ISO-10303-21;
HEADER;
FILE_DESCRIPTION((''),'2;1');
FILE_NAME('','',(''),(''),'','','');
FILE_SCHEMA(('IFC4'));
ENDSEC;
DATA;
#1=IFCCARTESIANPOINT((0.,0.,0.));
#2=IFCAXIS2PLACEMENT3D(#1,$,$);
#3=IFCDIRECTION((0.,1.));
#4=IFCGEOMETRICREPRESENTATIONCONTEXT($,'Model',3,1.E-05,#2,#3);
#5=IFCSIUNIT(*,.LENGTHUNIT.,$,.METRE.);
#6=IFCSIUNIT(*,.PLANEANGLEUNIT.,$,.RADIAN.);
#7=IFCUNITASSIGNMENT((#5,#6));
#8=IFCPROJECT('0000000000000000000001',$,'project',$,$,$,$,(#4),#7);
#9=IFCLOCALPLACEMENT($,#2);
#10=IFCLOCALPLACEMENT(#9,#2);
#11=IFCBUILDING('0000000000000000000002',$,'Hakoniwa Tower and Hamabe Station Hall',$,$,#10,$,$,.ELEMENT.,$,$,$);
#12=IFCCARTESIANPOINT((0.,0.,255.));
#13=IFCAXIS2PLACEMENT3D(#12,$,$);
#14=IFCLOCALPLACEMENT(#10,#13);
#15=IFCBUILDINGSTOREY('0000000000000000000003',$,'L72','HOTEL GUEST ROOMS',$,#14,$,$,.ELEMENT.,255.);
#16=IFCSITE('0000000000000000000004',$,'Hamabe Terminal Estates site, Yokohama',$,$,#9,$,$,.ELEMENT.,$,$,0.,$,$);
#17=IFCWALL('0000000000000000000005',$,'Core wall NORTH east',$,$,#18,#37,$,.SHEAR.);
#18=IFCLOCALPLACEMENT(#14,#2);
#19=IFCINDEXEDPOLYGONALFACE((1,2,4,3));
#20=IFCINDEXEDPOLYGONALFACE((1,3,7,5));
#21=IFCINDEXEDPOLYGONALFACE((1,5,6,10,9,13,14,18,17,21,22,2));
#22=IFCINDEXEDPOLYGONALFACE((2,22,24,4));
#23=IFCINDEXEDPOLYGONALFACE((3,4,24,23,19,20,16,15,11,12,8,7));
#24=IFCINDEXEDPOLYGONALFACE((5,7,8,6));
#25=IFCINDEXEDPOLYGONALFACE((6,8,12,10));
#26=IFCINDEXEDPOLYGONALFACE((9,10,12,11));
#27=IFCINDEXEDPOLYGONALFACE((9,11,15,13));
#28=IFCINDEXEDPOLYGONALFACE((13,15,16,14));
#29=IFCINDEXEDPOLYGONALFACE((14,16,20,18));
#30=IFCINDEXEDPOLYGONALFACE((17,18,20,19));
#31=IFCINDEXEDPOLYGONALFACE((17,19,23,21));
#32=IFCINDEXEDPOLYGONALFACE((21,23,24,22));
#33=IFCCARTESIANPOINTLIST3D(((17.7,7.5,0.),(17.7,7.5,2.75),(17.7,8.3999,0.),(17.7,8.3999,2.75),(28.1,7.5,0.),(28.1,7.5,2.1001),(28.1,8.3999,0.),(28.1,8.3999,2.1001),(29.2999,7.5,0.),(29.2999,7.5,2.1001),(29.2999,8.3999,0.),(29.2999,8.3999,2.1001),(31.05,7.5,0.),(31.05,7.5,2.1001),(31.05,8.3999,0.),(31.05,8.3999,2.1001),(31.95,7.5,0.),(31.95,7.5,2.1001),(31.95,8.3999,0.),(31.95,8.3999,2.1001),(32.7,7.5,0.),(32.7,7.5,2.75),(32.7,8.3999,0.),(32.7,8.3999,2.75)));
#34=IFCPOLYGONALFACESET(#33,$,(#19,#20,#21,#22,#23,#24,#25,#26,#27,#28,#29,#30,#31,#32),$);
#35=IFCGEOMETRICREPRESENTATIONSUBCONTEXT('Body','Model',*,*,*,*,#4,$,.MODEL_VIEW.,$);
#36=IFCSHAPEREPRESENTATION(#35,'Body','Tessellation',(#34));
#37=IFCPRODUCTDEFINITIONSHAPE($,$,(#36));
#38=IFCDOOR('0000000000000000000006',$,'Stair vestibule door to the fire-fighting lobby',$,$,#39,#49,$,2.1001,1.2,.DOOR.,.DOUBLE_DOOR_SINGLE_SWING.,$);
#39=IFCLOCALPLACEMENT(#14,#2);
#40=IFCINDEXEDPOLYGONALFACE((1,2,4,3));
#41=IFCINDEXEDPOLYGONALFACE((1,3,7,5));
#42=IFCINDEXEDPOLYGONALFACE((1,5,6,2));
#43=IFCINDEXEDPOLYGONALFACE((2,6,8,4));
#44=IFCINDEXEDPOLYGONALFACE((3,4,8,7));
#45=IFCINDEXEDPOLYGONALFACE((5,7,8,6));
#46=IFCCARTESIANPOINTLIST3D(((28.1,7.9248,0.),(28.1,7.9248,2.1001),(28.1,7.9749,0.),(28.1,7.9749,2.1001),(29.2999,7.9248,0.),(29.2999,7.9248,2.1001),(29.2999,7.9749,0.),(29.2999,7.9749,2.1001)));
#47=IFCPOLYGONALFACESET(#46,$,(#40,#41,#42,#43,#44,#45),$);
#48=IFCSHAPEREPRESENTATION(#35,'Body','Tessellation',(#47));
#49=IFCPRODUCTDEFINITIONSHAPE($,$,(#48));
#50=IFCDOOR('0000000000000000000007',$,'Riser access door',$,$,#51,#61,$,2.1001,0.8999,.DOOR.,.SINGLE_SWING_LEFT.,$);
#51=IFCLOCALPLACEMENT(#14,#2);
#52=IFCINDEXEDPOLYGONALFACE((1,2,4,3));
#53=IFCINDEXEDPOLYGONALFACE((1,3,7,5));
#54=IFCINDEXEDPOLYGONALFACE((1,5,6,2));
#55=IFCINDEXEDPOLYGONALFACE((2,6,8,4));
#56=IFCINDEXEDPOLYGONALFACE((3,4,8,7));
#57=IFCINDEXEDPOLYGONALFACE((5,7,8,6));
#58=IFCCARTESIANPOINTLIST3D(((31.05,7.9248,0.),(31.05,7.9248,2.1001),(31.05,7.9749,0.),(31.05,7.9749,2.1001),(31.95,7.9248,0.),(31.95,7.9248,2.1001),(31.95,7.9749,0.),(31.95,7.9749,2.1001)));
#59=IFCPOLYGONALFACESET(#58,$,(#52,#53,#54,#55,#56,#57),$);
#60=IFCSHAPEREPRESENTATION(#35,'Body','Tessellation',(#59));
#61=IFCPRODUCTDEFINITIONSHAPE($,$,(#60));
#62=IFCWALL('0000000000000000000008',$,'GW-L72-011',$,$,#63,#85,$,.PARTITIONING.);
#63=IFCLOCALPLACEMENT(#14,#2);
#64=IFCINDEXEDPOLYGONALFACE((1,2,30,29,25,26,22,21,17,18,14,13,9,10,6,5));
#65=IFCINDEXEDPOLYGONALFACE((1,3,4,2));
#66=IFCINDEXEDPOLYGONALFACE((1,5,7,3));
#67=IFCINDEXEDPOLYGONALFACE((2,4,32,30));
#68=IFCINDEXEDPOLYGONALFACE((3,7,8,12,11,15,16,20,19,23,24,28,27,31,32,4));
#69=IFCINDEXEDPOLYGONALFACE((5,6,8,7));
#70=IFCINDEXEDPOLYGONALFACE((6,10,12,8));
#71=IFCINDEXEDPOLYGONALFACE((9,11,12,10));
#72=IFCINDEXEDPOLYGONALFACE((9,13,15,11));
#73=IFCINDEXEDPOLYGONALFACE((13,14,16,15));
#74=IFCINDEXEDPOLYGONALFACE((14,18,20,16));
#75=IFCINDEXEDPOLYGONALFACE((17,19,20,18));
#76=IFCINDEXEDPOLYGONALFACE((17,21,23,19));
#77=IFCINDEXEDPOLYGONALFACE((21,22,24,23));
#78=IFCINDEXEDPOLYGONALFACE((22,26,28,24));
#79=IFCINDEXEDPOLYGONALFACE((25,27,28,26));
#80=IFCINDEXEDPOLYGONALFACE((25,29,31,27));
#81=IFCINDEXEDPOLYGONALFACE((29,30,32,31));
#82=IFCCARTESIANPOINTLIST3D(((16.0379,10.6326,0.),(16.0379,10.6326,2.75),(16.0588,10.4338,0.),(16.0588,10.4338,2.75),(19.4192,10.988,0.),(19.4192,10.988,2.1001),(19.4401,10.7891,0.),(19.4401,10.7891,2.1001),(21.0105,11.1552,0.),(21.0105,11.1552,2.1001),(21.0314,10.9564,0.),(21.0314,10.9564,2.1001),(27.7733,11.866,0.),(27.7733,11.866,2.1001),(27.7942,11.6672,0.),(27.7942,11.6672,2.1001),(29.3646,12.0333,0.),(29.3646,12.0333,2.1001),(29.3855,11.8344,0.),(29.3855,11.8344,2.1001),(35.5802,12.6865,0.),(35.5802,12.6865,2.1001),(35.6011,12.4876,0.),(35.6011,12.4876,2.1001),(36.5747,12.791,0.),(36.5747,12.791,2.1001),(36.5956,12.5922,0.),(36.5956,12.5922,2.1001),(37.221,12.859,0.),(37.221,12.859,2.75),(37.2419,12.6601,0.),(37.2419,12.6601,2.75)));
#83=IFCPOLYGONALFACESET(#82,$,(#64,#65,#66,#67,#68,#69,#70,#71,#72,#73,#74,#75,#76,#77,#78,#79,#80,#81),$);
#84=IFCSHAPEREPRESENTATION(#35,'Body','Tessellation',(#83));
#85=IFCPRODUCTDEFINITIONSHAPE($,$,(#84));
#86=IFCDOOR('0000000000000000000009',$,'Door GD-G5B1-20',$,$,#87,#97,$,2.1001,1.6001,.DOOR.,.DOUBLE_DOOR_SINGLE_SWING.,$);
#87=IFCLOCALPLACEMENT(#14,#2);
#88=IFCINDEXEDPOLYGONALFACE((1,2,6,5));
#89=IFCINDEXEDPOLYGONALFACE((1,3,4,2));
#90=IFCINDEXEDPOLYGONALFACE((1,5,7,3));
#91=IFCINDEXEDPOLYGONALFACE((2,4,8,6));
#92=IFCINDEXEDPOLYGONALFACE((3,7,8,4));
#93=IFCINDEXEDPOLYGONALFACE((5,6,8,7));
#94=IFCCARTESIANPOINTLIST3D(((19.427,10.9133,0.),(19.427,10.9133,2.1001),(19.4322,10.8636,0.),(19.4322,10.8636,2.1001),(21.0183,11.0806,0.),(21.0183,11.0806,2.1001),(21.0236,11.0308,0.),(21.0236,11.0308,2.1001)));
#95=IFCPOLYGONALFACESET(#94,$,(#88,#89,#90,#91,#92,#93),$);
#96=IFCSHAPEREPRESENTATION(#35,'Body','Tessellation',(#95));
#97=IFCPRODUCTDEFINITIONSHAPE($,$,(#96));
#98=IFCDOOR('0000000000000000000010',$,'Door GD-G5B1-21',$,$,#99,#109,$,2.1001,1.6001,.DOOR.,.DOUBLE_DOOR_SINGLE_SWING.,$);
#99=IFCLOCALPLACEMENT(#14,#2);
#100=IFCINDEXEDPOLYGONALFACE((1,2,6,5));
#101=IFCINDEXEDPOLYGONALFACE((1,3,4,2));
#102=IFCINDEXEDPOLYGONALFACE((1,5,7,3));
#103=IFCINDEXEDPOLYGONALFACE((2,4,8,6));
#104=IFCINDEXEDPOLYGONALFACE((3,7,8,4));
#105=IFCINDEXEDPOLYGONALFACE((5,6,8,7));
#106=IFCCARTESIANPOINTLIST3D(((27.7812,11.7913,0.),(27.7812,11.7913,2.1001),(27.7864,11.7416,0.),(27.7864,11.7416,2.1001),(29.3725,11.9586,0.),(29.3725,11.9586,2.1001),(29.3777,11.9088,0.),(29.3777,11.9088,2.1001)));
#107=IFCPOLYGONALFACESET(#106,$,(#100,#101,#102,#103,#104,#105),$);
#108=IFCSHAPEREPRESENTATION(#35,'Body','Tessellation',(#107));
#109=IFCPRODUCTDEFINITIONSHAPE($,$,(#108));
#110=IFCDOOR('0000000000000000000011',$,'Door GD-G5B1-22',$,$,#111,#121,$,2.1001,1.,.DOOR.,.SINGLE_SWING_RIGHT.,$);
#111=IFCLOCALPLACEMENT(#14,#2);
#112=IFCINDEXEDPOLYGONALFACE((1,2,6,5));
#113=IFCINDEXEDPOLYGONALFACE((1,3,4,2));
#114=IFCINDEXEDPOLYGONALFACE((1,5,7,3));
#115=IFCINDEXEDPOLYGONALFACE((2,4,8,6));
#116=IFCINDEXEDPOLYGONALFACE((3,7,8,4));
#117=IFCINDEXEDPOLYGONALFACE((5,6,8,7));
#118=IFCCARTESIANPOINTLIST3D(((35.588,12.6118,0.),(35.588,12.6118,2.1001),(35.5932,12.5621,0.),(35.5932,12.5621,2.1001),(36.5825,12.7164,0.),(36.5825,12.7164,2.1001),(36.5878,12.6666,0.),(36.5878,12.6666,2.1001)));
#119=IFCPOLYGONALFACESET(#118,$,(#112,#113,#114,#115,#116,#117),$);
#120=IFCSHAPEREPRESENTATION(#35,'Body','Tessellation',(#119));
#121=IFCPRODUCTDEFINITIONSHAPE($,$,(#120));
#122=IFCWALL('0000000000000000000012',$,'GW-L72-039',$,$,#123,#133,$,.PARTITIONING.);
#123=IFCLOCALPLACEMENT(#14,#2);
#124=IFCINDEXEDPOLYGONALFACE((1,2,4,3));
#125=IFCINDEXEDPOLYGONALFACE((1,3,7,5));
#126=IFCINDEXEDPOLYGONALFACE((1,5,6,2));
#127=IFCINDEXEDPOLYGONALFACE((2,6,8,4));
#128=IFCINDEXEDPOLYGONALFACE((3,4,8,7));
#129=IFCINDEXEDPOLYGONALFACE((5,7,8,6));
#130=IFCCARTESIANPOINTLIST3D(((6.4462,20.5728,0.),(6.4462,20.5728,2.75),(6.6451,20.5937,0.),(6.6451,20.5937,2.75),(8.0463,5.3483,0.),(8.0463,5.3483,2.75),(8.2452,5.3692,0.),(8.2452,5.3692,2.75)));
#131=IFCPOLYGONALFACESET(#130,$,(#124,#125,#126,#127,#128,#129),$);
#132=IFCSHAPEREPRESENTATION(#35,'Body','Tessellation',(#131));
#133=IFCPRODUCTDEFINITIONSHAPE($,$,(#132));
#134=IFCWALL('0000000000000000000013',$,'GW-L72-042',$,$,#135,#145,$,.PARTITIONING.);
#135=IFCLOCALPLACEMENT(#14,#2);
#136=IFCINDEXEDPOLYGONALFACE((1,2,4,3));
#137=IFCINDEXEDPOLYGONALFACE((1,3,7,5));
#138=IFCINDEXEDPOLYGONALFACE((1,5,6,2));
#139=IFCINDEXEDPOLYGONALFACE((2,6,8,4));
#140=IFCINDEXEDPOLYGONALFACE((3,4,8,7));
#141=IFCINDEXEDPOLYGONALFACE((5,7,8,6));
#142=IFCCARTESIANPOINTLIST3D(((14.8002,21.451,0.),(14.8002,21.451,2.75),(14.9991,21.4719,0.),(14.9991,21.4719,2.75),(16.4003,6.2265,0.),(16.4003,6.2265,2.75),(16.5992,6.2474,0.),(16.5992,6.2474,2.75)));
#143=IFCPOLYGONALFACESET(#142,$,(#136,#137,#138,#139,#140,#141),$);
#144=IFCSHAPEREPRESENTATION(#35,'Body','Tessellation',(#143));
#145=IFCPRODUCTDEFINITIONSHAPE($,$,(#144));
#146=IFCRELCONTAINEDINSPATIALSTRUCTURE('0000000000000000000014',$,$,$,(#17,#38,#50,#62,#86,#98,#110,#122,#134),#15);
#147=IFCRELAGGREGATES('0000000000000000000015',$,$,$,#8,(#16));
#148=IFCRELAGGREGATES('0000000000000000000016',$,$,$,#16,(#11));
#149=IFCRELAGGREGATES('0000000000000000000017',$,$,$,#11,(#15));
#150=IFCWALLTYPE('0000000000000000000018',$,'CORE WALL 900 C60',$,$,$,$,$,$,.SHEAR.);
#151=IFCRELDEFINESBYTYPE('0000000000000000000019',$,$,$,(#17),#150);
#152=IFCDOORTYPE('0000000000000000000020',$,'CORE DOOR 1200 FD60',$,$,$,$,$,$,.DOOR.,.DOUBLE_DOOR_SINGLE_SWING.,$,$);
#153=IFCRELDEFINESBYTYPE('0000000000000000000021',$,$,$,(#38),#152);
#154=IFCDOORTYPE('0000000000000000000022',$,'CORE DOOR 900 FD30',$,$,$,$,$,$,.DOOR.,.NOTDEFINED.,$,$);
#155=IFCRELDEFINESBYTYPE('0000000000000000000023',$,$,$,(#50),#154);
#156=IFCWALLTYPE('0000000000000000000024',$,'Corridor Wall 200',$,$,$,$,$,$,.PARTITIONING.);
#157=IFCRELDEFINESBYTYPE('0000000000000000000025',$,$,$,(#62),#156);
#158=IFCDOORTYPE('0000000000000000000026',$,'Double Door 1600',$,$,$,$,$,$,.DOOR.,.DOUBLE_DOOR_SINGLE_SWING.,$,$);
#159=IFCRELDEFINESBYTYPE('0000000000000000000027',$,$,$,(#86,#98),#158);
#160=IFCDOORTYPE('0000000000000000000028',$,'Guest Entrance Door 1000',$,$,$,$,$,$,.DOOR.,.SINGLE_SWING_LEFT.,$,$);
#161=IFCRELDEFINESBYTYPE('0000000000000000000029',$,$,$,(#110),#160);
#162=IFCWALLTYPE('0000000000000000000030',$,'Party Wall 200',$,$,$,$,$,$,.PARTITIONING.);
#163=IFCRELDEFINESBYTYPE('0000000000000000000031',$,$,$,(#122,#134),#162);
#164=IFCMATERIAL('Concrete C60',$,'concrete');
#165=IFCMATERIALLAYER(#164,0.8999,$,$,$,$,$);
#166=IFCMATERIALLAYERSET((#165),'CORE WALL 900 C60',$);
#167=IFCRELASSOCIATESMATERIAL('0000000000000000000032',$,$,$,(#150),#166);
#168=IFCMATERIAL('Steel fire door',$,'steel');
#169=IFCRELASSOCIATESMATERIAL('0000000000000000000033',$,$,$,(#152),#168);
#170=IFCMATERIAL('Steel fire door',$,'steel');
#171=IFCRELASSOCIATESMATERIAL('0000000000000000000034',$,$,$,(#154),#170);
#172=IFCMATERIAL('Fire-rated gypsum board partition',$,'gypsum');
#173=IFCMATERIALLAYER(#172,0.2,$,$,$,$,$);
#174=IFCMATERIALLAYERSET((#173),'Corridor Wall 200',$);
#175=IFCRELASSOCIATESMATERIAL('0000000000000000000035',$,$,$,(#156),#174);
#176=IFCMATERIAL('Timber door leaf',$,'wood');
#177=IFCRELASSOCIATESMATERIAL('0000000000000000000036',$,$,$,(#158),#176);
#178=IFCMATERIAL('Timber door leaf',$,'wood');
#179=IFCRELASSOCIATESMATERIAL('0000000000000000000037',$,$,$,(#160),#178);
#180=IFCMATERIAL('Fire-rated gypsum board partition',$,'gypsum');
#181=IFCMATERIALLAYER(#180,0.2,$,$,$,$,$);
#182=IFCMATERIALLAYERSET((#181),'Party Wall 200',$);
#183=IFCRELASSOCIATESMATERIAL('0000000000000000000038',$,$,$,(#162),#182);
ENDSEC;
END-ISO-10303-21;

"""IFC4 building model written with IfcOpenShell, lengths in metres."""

from ifc_helpers import new_model, si_unit, direction, frame, frame_2d, origin, place, context, subcontext, project, spatial, rectangle, extrude, material, layer, layer_set, type_object, element, fill, save


model = new_model("IFC4")

# Units and contexts
model_context = context("Model", 3, precision=1e-05, world=origin(), true_north=direction((0.0, 1.0)))
body_context = subcontext(model_context, "Body", "Model", "MODEL_VIEW")
ifc_project = project(units=[si_unit("LENGTHUNIT", "METRE"), si_unit("PLANEANGLEUNIT", "RADIAN")], contexts=[model_context])

# Site, building, storey
site_placement = place(None, origin())
site = spatial("IfcSite", under=ifc_project, at=site_placement, Name="Hamabe Terminal Estates site, Yokohama", CompositionType="ELEMENT", RefElevation=0.0)
building_placement = place(site_placement, origin())
building = spatial("IfcBuilding", under=site, at=building_placement, Name="Hakoniwa Tower and Hamabe Station Hall", CompositionType="ELEMENT")
storey_placement = place(building_placement, frame((0.0, 0.0, 255.0)))
storey = spatial("IfcBuildingStorey", under=building, at=storey_placement, Name="L72", Description="HOTEL GUEST ROOMS", CompositionType="ELEMENT", Elevation=255.0)

# Walls, openings, doors
ifc_material_1 = material(Name="Concrete C60", Category="concrete")
ifc_layer_1 = layer(ifc_material_1, 0.8999)
ifc_layer_set_1 = layer_set([ifc_layer_1], Name="CORE WALL 900 C60")
wall_type_1 = type_object("IfcWallType", Name="CORE WALL 900 C60", PredefinedType="SHEAR", material=ifc_layer_set_1)
wall_1_placement = place(storey_placement, frame((17.7, 7.95, 0.0), z_axis=(0.0, 0.0, 1.0), x_axis=(1.0, 0.0, 0.0)))
wall_1 = element("IfcWall", 1, at=wall_1_placement, inside=storey, type_object=wall_type_1, Name="Core wall NORTH east", PredefinedType="SHEAR", context=body_context, shape_type="SweptSolid", body=[
    extrude(rectangle(XDim=15.0, YDim=0.8999, at=frame_2d((7.5, 0.0))), origin(), (0.0, 0.0, 1.0), 2.75),
])
opening_1_placement = place(wall_1_placement, frame((10.3999, 0.0, 0.0)))
opening_1 = element("IfcOpeningElement", 2, at=opening_1_placement, cuts=wall_1, PredefinedType="OPENING", context=body_context, shape_type="SweptSolid", body=[
    extrude(rectangle(XDim=1.2, YDim=2.1001, at=frame_2d((0.6001, 1.05))), frame((0.0, 0.46, 0.0), z_axis=(0.0, -1.0, 0.0), x_axis=(1.0, 0.0, 0.0)), (0.0, 0.0, 1.0), 0.9199),
])
opening_2_placement = place(wall_1_placement, frame((13.3501, 0.0, 0.0)))
opening_2 = element("IfcOpeningElement", 3, at=opening_2_placement, cuts=wall_1, PredefinedType="OPENING", context=body_context, shape_type="SweptSolid", body=[
    extrude(rectangle(XDim=0.8999, YDim=2.1001, at=frame_2d((0.45, 1.05))), frame((0.0, 0.46, 0.0), z_axis=(0.0, -1.0, 0.0), x_axis=(1.0, 0.0, 0.0)), (0.0, 0.0, 1.0), 0.9199),
])
ifc_material_2 = material(Name="Steel fire door", Category="steel")
door_type_1 = type_object("IfcDoorType", Name="CORE DOOR 1200 FD60", OperationType="DOUBLE_DOOR_SINGLE_SWING", PredefinedType="DOOR", material=ifc_material_2)
door_1_placement = place(opening_1_placement, origin())
door_1 = element("IfcDoor", 4, at=door_1_placement, inside=storey, type_object=door_type_1, Name="Stair vestibule door to the fire-fighting lobby", OperationType="DOUBLE_DOOR_SINGLE_SWING", OverallHeight=2.1001, OverallWidth=1.2, PredefinedType="DOOR", context=body_context, shape_type="SweptSolid", body=[
    extrude(rectangle(XDim=1.2, YDim=2.1001, at=frame_2d((0.6001, 1.05))), frame((0.0, 0.0249, 0.0), z_axis=(0.0, -1.0, 0.0), x_axis=(1.0, 0.0, 0.0)), (0.0, 0.0, 1.0), 0.05),
])
fill(opening_1, door_1)
ifc_material_3 = material(Name="Steel fire door", Category="steel")
door_type_2 = type_object("IfcDoorType", Name="CORE DOOR 900 FD30", OperationType="NOTDEFINED", PredefinedType="DOOR", material=ifc_material_3)
door_2_placement = place(opening_2_placement, origin())
door_2 = element("IfcDoor", 5, at=door_2_placement, inside=storey, type_object=door_type_2, Name="Riser access door", OperationType="SINGLE_SWING_LEFT", OverallHeight=2.1001, OverallWidth=0.8999, PredefinedType="DOOR", context=body_context, shape_type="SweptSolid", body=[
    extrude(rectangle(XDim=0.8999, YDim=2.1001, at=frame_2d((0.45, 1.05))), frame((0.0, 0.0249, 0.0), z_axis=(0.0, -1.0, 0.0), x_axis=(1.0, 0.0, 0.0)), (0.0, 0.0, 1.0), 0.05),
])
fill(opening_2, door_2)
ifc_material_4 = material(Name="Fire-rated gypsum board partition", Category="gypsum")
ifc_layer_2 = layer(ifc_material_4, 0.2)
ifc_layer_set_2 = layer_set([ifc_layer_2], Name="Corridor Wall 200")
wall_type_2 = type_object("IfcWallType", Name="Corridor Wall 200", PredefinedType="PARTITIONING", material=ifc_layer_set_2)
wall_2_placement = place(storey_placement, frame((16.0483, 10.5332, 0.0), z_axis=(0.0, 0.0, 1.0), x_axis=(0.994522, 0.104523, 0.0)))
wall_2 = element("IfcWall", 6, at=wall_2_placement, inside=storey, type_object=wall_type_2, Name="GW-L72-011", PredefinedType="PARTITIONING", context=body_context, shape_type="SweptSolid", body=[
    extrude(rectangle(XDim=21.2998, YDim=0.2, at=frame_2d((10.6499, 0.0))), origin(), (0.0, 0.0, 1.0), 2.75),
])
opening_3_placement = place(wall_2_placement, frame((3.3999, 0.0, 0.0)))
opening_3 = element("IfcOpeningElement", 7, at=opening_3_placement, cuts=wall_2, PredefinedType="OPENING", context=body_context, shape_type="SweptSolid", body=[
    extrude(rectangle(XDim=1.6001, YDim=2.1001, at=frame_2d((0.8, 1.05))), frame((0.0, 0.1099, 0.0), z_axis=(0.0, -1.0, 0.0), x_axis=(1.0, 0.0, 0.0)), (0.0, 0.0, 1.0), 0.22),
])
opening_4_placement = place(wall_2_placement, frame((11.8, 0.0, 0.0)))
opening_4 = element("IfcOpeningElement", 8, at=opening_4_placement, cuts=wall_2, PredefinedType="OPENING", context=body_context, shape_type="SweptSolid", body=[
    extrude(rectangle(XDim=1.6001, YDim=2.1001, at=frame_2d((0.8, 1.05))), frame((0.0, 0.1099, 0.0), z_axis=(0.0, -1.0, 0.0), x_axis=(1.0, 0.0, 0.0)), (0.0, 0.0, 1.0), 0.22),
])
opening_5_placement = place(wall_2_placement, frame((19.6499, 0.0, 0.0)))
opening_5 = element("IfcOpeningElement", 9, at=opening_5_placement, cuts=wall_2, PredefinedType="OPENING", context=body_context, shape_type="SweptSolid", body=[
    extrude(rectangle(XDim=1.0, YDim=2.1001, at=frame_2d((0.5, 1.05))), frame((0.0, 0.1099, 0.0), z_axis=(0.0, -1.0, 0.0), x_axis=(1.0, 0.0, 0.0)), (0.0, 0.0, 1.0), 0.22),
])
ifc_material_5 = material(Name="Timber door leaf", Category="wood")
door_type_3 = type_object("IfcDoorType", Name="Double Door 1600", OperationType="DOUBLE_DOOR_SINGLE_SWING", PredefinedType="DOOR", material=ifc_material_5)
door_3_placement = place(opening_3_placement, origin())
door_3 = element("IfcDoor", 10, at=door_3_placement, inside=storey, type_object=door_type_3, Name="Door GD-G5B1-20", OperationType="DOUBLE_DOOR_SINGLE_SWING", OverallHeight=2.1001, OverallWidth=1.6001, PredefinedType="DOOR", context=body_context, shape_type="SweptSolid", body=[
    extrude(rectangle(XDim=1.6001, YDim=2.1001, at=frame_2d((0.8, 1.05))), frame((0.0, 0.0249, 0.0), z_axis=(0.0, -1.0, 0.0), x_axis=(1.0, 0.0, 0.0)), (0.0, 0.0, 1.0), 0.05),
])
fill(opening_3, door_3)
door_4_placement = place(opening_4_placement, origin())
door_4 = element("IfcDoor", 11, at=door_4_placement, inside=storey, type_object=door_type_3, Name="Door GD-G5B1-21", OperationType="DOUBLE_DOOR_SINGLE_SWING", OverallHeight=2.1001, OverallWidth=1.6001, PredefinedType="DOOR", context=body_context, shape_type="SweptSolid", body=[
    extrude(rectangle(XDim=1.6001, YDim=2.1001, at=frame_2d((0.8, 1.05))), frame((0.0, 0.0249, 0.0), z_axis=(0.0, -1.0, 0.0), x_axis=(1.0, 0.0, 0.0)), (0.0, 0.0, 1.0), 0.05),
])
fill(opening_4, door_4)
ifc_material_6 = material(Name="Timber door leaf", Category="wood")
door_type_4 = type_object("IfcDoorType", Name="Guest Entrance Door 1000", OperationType="SINGLE_SWING_LEFT", PredefinedType="DOOR", material=ifc_material_6)
door_5_placement = place(opening_5_placement, origin())
door_5 = element("IfcDoor", 12, at=door_5_placement, inside=storey, type_object=door_type_4, Name="Door GD-G5B1-22", OperationType="SINGLE_SWING_RIGHT", OverallHeight=2.1001, OverallWidth=1.0, PredefinedType="DOOR", context=body_context, shape_type="SweptSolid", body=[
    extrude(rectangle(XDim=1.0, YDim=2.1001, at=frame_2d((0.5, 1.05))), frame((0.0, 0.0249, 0.0), z_axis=(0.0, -1.0, 0.0), x_axis=(1.0, 0.0, 0.0)), (0.0, 0.0, 1.0), 0.05),
])
fill(opening_5, door_5)

# Walls
ifc_material_7 = material(Name="Fire-rated gypsum board partition", Category="gypsum")
ifc_layer_3 = layer(ifc_material_7, 0.2)
ifc_layer_set_3 = layer_set([ifc_layer_3], Name="Party Wall 200")
wall_type_3 = type_object("IfcWallType", Name="Party Wall 200", PredefinedType="PARTITIONING", material=ifc_layer_set_3)
for number, where, z_axis, x_axis, name in (
    (13, (8.1458, 5.3586, 0.0), (0.0, 0.0, 1.0), (-0.104524, 0.994522, 0.0), "GW-L72-039"),
    (14, (16.4998, 6.2368, 0.0), (0.0, 0.0, 1.0), (-0.104524, 0.994522, 0.0), "GW-L72-042"),
):
    element("IfcWall", number, at=place(storey_placement, frame(where, z_axis=z_axis, x_axis=x_axis)), inside=storey, type_object=wall_type_3, Name=name, PredefinedType="PARTITIONING", context=body_context, shape_type="SweptSolid", body=[
        extrude(rectangle(XDim=15.3083, YDim=0.2, at=frame_2d((7.6543, 0.0))), origin(), (0.0, 0.0, 1.0), 2.75),
    ])

save(model, "model.ifc")
